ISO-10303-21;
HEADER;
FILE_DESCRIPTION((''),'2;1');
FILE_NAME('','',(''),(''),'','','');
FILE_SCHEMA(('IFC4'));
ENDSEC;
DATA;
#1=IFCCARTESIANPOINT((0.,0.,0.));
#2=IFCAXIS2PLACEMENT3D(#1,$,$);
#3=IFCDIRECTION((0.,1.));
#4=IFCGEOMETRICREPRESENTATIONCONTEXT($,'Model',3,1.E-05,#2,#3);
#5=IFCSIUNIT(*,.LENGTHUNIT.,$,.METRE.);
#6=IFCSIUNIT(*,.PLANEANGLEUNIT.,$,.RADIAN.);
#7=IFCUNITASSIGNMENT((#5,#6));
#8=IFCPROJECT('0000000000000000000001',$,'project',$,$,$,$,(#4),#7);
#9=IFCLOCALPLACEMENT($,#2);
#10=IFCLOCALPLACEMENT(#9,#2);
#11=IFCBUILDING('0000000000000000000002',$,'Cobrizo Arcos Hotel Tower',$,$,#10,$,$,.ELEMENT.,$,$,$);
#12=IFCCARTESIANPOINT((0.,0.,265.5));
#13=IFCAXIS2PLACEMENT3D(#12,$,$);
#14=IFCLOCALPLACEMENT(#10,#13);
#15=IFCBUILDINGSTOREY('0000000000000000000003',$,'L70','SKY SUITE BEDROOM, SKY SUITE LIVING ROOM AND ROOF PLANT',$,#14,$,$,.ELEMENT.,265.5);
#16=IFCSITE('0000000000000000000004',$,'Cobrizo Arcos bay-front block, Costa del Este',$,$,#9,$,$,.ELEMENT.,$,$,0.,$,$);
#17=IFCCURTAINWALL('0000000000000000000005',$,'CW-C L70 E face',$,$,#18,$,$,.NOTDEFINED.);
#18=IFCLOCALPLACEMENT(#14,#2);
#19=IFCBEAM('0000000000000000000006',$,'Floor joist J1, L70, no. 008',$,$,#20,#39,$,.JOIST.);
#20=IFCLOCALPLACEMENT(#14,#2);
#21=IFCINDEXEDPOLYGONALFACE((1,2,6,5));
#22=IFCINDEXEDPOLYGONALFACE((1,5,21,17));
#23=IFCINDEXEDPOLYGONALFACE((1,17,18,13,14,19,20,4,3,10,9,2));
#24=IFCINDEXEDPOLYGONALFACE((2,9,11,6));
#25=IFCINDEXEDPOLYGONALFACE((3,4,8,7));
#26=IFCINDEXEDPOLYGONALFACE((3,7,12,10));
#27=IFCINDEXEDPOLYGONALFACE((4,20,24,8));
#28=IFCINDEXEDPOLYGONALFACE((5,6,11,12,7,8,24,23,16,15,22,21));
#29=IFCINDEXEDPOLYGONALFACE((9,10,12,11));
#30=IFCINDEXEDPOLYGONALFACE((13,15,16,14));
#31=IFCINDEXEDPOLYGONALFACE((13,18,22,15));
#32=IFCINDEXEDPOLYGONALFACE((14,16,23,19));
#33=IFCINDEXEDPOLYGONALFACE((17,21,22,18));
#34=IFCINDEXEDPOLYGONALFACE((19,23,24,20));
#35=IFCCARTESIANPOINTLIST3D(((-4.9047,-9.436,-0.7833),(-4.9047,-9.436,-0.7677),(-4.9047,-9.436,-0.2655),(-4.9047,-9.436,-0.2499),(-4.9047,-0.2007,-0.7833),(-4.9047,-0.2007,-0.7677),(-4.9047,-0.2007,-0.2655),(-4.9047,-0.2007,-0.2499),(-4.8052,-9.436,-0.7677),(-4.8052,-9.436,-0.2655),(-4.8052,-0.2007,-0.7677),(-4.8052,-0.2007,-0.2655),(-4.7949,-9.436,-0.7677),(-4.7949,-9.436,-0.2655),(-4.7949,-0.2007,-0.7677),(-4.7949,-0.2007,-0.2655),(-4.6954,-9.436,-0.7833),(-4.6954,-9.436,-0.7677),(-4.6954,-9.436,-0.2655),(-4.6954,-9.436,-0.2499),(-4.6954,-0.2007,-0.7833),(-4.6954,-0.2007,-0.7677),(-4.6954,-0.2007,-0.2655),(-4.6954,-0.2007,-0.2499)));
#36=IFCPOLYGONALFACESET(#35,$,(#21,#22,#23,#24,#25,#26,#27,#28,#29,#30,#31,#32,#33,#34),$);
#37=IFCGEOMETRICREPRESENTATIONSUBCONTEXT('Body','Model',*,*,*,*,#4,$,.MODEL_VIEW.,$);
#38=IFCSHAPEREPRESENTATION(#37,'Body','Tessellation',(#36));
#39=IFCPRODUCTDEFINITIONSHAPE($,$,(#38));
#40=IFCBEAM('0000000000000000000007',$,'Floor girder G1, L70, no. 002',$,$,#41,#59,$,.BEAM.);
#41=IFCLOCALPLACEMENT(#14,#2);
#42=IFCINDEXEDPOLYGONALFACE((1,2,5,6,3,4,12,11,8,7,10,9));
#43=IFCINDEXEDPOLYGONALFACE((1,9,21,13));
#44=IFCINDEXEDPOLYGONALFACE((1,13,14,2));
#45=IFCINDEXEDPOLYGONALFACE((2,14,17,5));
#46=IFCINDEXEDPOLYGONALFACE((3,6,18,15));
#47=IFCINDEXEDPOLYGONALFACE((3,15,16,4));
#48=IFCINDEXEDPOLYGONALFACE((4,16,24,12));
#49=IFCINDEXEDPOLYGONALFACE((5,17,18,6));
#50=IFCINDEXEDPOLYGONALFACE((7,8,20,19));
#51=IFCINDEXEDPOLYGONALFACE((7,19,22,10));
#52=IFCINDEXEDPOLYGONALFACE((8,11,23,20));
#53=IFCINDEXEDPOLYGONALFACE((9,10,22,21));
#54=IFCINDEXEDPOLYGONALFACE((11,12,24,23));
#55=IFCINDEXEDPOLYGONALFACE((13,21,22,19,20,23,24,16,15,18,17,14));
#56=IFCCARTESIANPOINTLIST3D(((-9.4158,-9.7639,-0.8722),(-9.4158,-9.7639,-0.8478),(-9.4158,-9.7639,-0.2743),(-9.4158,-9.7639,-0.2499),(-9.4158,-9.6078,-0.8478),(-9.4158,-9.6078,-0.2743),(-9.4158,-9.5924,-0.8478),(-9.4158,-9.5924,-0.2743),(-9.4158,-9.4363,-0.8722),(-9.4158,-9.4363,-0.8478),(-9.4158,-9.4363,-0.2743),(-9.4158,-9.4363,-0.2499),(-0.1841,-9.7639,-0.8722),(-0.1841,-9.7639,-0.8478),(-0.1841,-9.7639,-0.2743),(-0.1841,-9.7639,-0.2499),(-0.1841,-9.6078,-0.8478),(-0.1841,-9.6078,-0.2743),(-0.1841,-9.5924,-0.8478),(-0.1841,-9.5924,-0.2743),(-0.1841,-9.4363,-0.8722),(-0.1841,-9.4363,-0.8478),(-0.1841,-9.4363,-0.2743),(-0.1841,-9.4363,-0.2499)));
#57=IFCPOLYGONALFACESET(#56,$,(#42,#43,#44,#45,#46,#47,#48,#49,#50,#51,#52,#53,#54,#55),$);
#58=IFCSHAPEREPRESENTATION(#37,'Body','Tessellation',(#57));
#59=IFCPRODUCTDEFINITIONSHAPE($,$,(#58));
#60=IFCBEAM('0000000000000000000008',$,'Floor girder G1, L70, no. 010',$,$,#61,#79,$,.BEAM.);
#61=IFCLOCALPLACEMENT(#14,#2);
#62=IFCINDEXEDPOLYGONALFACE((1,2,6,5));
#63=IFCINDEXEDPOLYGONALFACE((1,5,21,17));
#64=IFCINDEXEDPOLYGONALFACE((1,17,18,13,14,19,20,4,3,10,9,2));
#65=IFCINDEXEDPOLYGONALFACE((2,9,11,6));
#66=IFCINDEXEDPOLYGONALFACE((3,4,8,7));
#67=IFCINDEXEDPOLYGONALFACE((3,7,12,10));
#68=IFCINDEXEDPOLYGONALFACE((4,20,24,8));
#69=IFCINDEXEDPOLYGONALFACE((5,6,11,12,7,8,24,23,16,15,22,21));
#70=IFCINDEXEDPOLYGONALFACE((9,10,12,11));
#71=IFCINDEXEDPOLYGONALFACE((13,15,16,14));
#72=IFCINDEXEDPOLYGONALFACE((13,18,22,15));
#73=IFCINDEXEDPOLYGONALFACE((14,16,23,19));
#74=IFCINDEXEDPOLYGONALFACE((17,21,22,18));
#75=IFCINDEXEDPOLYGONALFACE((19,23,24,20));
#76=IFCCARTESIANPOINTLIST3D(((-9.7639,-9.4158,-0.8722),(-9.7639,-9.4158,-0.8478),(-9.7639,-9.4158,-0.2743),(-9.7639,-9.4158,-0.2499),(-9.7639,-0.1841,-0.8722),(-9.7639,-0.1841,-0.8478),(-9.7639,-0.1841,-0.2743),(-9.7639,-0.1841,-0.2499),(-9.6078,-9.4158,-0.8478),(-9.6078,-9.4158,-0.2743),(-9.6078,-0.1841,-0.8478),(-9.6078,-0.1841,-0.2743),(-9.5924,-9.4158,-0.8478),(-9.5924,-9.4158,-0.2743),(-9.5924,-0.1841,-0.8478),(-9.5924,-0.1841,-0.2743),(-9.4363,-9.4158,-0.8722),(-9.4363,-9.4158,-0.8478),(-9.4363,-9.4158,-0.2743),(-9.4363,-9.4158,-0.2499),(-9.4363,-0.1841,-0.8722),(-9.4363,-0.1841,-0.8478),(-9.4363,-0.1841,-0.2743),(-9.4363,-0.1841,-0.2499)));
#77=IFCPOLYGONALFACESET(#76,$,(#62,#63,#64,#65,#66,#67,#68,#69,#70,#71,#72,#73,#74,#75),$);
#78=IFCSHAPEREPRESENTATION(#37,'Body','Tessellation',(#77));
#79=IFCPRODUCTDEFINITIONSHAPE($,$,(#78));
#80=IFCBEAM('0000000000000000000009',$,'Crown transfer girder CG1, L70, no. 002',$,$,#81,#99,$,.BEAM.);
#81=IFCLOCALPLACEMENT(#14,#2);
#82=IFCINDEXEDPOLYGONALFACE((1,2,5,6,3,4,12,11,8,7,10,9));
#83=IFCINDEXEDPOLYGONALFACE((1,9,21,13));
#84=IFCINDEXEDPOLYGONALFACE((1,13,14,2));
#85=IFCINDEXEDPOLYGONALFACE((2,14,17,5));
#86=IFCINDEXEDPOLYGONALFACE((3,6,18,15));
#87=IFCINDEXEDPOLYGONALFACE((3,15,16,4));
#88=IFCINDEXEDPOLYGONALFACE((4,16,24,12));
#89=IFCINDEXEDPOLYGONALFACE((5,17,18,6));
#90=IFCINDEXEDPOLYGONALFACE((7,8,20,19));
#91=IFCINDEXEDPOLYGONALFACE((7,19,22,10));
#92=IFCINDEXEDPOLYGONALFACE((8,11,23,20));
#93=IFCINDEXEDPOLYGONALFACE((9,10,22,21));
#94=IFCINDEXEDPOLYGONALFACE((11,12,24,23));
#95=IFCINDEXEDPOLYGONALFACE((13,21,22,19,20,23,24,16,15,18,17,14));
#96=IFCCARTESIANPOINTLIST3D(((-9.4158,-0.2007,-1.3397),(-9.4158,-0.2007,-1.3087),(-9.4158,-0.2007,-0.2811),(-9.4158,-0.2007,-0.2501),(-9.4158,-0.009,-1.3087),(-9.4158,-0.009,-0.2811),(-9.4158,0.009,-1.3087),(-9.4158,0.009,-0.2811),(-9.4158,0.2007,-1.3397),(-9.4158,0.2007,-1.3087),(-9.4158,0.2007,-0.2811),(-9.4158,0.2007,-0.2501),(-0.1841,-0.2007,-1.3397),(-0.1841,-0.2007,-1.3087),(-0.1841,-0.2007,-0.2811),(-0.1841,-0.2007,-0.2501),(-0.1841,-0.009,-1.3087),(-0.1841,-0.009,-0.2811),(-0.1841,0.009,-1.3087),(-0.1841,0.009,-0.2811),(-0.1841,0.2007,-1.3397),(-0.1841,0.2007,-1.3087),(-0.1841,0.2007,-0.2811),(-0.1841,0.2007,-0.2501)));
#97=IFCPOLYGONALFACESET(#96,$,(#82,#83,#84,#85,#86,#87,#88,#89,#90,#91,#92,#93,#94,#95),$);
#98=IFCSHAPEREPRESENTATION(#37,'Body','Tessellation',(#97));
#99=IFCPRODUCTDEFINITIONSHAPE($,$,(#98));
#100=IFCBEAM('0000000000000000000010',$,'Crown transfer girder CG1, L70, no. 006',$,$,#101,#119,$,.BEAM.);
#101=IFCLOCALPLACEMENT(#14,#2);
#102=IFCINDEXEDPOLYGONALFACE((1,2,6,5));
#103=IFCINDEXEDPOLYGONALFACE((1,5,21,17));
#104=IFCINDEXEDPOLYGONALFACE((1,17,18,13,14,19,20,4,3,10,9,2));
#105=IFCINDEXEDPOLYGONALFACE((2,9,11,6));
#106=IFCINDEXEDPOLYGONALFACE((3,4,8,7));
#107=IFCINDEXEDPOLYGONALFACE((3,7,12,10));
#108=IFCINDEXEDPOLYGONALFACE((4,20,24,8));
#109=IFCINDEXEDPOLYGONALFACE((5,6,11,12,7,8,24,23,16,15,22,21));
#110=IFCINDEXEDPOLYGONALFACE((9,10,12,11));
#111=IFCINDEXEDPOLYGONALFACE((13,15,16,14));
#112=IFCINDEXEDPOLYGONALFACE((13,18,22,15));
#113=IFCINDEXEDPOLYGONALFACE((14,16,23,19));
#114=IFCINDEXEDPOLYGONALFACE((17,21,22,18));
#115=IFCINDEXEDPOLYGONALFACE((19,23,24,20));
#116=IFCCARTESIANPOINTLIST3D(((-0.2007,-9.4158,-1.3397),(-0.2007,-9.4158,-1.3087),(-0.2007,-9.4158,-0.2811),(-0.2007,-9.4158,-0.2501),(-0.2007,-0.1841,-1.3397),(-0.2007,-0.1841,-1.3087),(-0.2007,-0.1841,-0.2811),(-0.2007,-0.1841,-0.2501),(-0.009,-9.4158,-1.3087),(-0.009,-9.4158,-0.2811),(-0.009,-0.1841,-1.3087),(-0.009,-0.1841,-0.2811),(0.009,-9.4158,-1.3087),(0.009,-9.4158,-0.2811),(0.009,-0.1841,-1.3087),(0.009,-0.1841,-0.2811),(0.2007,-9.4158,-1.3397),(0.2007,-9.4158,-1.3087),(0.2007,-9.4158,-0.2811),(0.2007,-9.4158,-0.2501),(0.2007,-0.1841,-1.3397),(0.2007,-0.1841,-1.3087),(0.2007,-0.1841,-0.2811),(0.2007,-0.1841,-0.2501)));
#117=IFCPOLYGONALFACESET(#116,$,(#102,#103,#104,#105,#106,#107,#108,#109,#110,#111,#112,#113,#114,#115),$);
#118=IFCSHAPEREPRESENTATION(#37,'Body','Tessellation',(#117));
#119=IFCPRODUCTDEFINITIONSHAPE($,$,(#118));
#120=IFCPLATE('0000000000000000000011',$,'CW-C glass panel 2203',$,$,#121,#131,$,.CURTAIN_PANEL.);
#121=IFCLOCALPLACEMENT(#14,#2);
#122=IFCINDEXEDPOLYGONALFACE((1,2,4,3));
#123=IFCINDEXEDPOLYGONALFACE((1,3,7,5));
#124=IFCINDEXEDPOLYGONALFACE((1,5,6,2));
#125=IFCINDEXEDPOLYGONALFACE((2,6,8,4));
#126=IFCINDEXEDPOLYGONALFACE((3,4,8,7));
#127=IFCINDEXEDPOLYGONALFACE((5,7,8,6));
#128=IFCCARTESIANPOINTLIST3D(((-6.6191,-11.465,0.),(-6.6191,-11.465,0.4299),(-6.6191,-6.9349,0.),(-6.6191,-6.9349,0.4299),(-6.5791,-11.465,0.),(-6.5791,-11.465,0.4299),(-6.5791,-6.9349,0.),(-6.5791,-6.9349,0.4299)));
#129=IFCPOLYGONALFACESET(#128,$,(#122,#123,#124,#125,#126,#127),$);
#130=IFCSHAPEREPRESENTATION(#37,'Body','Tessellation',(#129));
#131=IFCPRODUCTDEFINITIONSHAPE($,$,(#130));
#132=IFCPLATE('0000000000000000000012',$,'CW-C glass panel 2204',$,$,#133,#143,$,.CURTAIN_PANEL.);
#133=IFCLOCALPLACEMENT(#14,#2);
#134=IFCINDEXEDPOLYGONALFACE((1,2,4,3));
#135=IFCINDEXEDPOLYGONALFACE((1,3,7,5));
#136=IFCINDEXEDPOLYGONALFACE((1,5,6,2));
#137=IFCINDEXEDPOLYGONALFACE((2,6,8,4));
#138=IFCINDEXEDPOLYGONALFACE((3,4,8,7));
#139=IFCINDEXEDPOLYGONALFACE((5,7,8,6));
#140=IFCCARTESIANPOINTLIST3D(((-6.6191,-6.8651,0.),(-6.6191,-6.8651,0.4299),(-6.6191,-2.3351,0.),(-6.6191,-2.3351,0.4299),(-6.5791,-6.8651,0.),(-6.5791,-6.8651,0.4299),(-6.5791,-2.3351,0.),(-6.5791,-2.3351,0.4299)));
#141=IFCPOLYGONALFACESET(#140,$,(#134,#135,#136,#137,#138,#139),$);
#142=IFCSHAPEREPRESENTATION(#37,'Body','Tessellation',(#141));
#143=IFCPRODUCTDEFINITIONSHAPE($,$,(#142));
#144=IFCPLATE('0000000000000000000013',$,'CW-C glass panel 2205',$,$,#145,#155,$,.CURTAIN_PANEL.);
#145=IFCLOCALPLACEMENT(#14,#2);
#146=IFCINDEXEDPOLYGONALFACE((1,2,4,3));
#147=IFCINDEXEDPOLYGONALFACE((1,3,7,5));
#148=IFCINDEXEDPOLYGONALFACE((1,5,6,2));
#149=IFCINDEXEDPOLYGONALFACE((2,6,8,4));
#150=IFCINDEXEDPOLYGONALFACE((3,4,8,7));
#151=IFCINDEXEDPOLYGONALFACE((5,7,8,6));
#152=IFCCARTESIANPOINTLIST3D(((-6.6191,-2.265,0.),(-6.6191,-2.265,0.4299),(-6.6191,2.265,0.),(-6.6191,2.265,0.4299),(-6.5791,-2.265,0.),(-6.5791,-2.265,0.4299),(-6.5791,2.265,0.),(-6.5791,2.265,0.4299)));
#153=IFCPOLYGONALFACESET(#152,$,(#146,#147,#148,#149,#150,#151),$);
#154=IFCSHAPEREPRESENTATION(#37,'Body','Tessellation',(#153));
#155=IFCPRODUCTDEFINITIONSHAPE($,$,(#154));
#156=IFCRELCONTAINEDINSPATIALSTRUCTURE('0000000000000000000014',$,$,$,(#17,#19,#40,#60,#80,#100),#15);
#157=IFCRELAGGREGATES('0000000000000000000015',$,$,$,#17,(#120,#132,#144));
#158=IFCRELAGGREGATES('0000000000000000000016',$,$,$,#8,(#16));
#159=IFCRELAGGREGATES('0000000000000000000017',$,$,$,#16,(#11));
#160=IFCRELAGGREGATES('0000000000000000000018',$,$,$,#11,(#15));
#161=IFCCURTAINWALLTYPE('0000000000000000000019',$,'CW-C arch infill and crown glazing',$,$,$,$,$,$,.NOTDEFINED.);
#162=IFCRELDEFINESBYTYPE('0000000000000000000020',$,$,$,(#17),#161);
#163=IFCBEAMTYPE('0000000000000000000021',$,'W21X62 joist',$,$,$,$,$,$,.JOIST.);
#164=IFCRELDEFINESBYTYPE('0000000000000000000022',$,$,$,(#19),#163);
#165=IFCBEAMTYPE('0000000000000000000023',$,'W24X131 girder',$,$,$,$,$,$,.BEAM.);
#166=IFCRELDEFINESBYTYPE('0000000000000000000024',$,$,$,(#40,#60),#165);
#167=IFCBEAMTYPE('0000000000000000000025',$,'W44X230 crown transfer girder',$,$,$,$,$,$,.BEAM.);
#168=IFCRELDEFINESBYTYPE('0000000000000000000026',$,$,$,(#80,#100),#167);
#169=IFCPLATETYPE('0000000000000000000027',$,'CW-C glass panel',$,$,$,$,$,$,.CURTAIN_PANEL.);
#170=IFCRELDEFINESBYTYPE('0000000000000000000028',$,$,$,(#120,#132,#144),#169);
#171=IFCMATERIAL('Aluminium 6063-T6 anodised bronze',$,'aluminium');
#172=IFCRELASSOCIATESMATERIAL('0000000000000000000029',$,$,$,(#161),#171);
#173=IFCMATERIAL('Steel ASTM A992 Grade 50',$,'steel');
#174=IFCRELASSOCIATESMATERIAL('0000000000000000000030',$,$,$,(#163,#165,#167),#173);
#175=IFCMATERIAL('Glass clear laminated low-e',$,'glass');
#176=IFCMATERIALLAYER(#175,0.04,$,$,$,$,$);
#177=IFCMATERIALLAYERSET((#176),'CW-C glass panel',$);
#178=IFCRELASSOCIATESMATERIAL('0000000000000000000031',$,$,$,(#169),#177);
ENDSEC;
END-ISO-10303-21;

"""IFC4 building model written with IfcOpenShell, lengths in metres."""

from ifc_helpers import new_model, si_unit, direction, frame, origin, origin_2d, place, context, subcontext, project, spatial, rectangle, i_section, extrude, material, layer, layer_set, material_profile, profile_set, type_object, element, aggregate, save


model = new_model("IFC4")

# Units and contexts
model_context = context("Model", 3, precision=1e-05, world=origin(), true_north=direction((0.0, 1.0)))
body_context = subcontext(model_context, "Body", "Model", "MODEL_VIEW")
ifc_project = project(units=[si_unit("LENGTHUNIT", "METRE"), si_unit("PLANEANGLEUNIT", "RADIAN")], contexts=[model_context])

# Site, building, storey
site_placement = place(None, origin())
site = spatial("IfcSite", under=ifc_project, at=site_placement, Name="Cobrizo Arcos bay-front block, Costa del Este", CompositionType="ELEMENT", RefElevation=0.0)
building_placement = place(site_placement, origin())
building = spatial("IfcBuilding", under=site, at=building_placement, Name="Cobrizo Arcos Hotel Tower", CompositionType="ELEMENT")
storey_placement = place(building_placement, frame((0.0, 0.0, 265.5)))
storey = spatial("IfcBuildingStorey", under=building, at=storey_placement, Name="L70", Description="SKY SUITE BEDROOM, SKY SUITE LIVING ROOM AND ROOF PLANT", CompositionType="ELEMENT", Elevation=265.5)

# Shared definitions
ifc_material_1 = material(Name="Steel ASTM A992 Grade 50", Category="steel")

# Curtain wall
ifc_material_2 = material(Name="Aluminium 6063-T6 anodised bronze", Category="aluminium")
curtain_wall_type = type_object("IfcCurtainWallType", Name="CW-C arch infill and crown glazing", PredefinedType="NOTDEFINED", material=ifc_material_2)
curtain_wall_placement = place(storey_placement, origin())
curtain_wall = element("IfcCurtainWall", 1, at=curtain_wall_placement, inside=storey, type_object=curtain_wall_type, Name="CW-C L70 E face", PredefinedType="NOTDEFINED")

# Beams
ifc_material_profile_1 = material_profile(ifc_material_1, i_section(OverallWidth=0.2092, OverallDepth=0.5334, WebThickness=0.0103, FlangeThickness=0.0156, at=origin_2d()), Name="W21X62")
ifc_profile_set_1 = profile_set([ifc_material_profile_1], Name="Steel ASTM A992 Grade 50")
beam_type_1 = type_object("IfcBeamType", Name="W21X62 joist", PredefinedType="JOIST", material=ifc_profile_set_1)
beam_placement = place(storey_placement, frame((-4.8, -9.436, -0.5166), z_axis=(0.0, 1.0, 0.0), x_axis=(-1.0, 0.0, 0.0)))
element("IfcBeam", 2, at=beam_placement, inside=storey, type_object=beam_type_1, Name="Floor joist J1, L70, no. 008", PredefinedType="JOIST", context=body_context, shape_type="SweptSolid", body=[
    extrude(i_section(OverallWidth=0.2092, OverallDepth=0.5334, WebThickness=0.0103, FlangeThickness=0.0156, at=origin_2d()), origin(), (0.0, 0.0, 1.0), 9.2354),
])
ifc_material_profile_2 = material_profile(ifc_material_1, i_section(OverallWidth=0.3276, OverallDepth=0.6223, WebThickness=0.0154, FlangeThickness=0.0244, at=origin_2d()), Name="W24X131")
ifc_profile_set_2 = profile_set([ifc_material_profile_2], Name="Steel ASTM A992 Grade 50")
beam_type_2 = type_object("IfcBeamType", Name="W24X131 girder", PredefinedType="BEAM", material=ifc_profile_set_2)
for number, where, z_axis, x_axis, name in (
    (3, (-9.4158, -9.6001, -0.561), (1.0, 0.0, 0.0), (0.0, 1.0, 0.0), "Floor girder G1, L70, no. 002"),
    (4, (-9.6001, -9.4158, -0.561), (0.0, 1.0, 0.0), (-1.0, 0.0, 0.0), "Floor girder G1, L70, no. 010"),
):
    element("IfcBeam", number, at=place(storey_placement, frame(where, z_axis=z_axis, x_axis=x_axis)), inside=storey, type_object=beam_type_2, Name=name, PredefinedType="BEAM", context=body_context, shape_type="SweptSolid", body=[
        extrude(i_section(OverallWidth=0.3276, OverallDepth=0.6223, WebThickness=0.0154, FlangeThickness=0.0244, at=origin_2d()), origin(), (0.0, 0.0, 1.0), 9.2317),
    ])
ifc_material_profile_3 = material_profile(ifc_material_1, i_section(OverallWidth=0.4014, OverallDepth=1.0896, WebThickness=0.0181, FlangeThickness=0.031, at=origin_2d()), Name="W44X230")
ifc_profile_set_3 = profile_set([ifc_material_profile_3], Name="Steel ASTM A992 Grade 50")
beam_type_3 = type_object("IfcBeamType", Name="W44X230 crown transfer girder", PredefinedType="BEAM", material=ifc_profile_set_3)
for number, where, z_axis, x_axis, name in (
    (5, (-9.4158, 0.0, -0.7949), (1.0, 0.0, 0.0), (0.0, 1.0, 0.0), "Crown transfer girder CG1, L70, no. 002"),
    (6, (0.0, -9.4158, -0.7949), (0.0, 1.0, 0.0), (-1.0, 0.0, 0.0), "Crown transfer girder CG1, L70, no. 006"),
):
    element("IfcBeam", number, at=place(storey_placement, frame(where, z_axis=z_axis, x_axis=x_axis)), inside=storey, type_object=beam_type_3, Name=name, PredefinedType="BEAM", context=body_context, shape_type="SweptSolid", body=[
        extrude(i_section(OverallWidth=0.4014, OverallDepth=1.0896, WebThickness=0.0181, FlangeThickness=0.031, at=origin_2d()), origin(), (0.0, 0.0, 1.0), 9.2317),
    ])

# Plates
ifc_material_3 = material(Name="Glass clear laminated low-e", Category="glass")
ifc_layer_1 = layer(ifc_material_3, 0.04)
ifc_layer_set_1 = layer_set([ifc_layer_1], Name="CW-C glass panel")
plate_type = type_object("IfcPlateType", Name="CW-C glass panel", PredefinedType="CURTAIN_PANEL", material=ifc_layer_set_1)
plate_1_placement = place(storey_placement, frame((-6.5991, -9.2, 0.0), z_axis=(0.0, 0.0, 1.0), x_axis=(0.0, 1.0, 0.0)))
plate_1 = element("IfcPlate", 7, at=plate_1_placement, type_object=plate_type, Name="CW-C glass panel 2203", PredefinedType="CURTAIN_PANEL", context=body_context, shape_type="SweptSolid", body=[
    extrude(rectangle(XDim=4.53, YDim=0.04, at=origin_2d()), origin(), (0.0, 0.0, 1.0), 0.4299),
])
plate_2_placement = place(storey_placement, frame((-6.5991, -4.6001, 0.0), z_axis=(0.0, 0.0, 1.0), x_axis=(0.0, 1.0, 0.0)))
plate_2 = element("IfcPlate", 8, at=plate_2_placement, type_object=plate_type, Name="CW-C glass panel 2204", PredefinedType="CURTAIN_PANEL", context=body_context, shape_type="SweptSolid", body=[
    extrude(rectangle(XDim=4.53, YDim=0.04, at=origin_2d()), origin(), (0.0, 0.0, 1.0), 0.4299),
])
plate_3_placement = place(storey_placement, frame((-6.5991, 0.0, 0.0), z_axis=(0.0, 0.0, 1.0), x_axis=(0.0, 1.0, 0.0)))
plate_3 = element("IfcPlate", 9, at=plate_3_placement, type_object=plate_type, Name="CW-C glass panel 2205", PredefinedType="CURTAIN_PANEL", context=body_context, shape_type="SweptSolid", body=[
    extrude(rectangle(XDim=4.53, YDim=0.04, at=origin_2d()), origin(), (0.0, 0.0, 1.0), 0.4299),
])
aggregate(curtain_wall, [plate_1, plate_2, plate_3])

save(model, "model.ifc")
